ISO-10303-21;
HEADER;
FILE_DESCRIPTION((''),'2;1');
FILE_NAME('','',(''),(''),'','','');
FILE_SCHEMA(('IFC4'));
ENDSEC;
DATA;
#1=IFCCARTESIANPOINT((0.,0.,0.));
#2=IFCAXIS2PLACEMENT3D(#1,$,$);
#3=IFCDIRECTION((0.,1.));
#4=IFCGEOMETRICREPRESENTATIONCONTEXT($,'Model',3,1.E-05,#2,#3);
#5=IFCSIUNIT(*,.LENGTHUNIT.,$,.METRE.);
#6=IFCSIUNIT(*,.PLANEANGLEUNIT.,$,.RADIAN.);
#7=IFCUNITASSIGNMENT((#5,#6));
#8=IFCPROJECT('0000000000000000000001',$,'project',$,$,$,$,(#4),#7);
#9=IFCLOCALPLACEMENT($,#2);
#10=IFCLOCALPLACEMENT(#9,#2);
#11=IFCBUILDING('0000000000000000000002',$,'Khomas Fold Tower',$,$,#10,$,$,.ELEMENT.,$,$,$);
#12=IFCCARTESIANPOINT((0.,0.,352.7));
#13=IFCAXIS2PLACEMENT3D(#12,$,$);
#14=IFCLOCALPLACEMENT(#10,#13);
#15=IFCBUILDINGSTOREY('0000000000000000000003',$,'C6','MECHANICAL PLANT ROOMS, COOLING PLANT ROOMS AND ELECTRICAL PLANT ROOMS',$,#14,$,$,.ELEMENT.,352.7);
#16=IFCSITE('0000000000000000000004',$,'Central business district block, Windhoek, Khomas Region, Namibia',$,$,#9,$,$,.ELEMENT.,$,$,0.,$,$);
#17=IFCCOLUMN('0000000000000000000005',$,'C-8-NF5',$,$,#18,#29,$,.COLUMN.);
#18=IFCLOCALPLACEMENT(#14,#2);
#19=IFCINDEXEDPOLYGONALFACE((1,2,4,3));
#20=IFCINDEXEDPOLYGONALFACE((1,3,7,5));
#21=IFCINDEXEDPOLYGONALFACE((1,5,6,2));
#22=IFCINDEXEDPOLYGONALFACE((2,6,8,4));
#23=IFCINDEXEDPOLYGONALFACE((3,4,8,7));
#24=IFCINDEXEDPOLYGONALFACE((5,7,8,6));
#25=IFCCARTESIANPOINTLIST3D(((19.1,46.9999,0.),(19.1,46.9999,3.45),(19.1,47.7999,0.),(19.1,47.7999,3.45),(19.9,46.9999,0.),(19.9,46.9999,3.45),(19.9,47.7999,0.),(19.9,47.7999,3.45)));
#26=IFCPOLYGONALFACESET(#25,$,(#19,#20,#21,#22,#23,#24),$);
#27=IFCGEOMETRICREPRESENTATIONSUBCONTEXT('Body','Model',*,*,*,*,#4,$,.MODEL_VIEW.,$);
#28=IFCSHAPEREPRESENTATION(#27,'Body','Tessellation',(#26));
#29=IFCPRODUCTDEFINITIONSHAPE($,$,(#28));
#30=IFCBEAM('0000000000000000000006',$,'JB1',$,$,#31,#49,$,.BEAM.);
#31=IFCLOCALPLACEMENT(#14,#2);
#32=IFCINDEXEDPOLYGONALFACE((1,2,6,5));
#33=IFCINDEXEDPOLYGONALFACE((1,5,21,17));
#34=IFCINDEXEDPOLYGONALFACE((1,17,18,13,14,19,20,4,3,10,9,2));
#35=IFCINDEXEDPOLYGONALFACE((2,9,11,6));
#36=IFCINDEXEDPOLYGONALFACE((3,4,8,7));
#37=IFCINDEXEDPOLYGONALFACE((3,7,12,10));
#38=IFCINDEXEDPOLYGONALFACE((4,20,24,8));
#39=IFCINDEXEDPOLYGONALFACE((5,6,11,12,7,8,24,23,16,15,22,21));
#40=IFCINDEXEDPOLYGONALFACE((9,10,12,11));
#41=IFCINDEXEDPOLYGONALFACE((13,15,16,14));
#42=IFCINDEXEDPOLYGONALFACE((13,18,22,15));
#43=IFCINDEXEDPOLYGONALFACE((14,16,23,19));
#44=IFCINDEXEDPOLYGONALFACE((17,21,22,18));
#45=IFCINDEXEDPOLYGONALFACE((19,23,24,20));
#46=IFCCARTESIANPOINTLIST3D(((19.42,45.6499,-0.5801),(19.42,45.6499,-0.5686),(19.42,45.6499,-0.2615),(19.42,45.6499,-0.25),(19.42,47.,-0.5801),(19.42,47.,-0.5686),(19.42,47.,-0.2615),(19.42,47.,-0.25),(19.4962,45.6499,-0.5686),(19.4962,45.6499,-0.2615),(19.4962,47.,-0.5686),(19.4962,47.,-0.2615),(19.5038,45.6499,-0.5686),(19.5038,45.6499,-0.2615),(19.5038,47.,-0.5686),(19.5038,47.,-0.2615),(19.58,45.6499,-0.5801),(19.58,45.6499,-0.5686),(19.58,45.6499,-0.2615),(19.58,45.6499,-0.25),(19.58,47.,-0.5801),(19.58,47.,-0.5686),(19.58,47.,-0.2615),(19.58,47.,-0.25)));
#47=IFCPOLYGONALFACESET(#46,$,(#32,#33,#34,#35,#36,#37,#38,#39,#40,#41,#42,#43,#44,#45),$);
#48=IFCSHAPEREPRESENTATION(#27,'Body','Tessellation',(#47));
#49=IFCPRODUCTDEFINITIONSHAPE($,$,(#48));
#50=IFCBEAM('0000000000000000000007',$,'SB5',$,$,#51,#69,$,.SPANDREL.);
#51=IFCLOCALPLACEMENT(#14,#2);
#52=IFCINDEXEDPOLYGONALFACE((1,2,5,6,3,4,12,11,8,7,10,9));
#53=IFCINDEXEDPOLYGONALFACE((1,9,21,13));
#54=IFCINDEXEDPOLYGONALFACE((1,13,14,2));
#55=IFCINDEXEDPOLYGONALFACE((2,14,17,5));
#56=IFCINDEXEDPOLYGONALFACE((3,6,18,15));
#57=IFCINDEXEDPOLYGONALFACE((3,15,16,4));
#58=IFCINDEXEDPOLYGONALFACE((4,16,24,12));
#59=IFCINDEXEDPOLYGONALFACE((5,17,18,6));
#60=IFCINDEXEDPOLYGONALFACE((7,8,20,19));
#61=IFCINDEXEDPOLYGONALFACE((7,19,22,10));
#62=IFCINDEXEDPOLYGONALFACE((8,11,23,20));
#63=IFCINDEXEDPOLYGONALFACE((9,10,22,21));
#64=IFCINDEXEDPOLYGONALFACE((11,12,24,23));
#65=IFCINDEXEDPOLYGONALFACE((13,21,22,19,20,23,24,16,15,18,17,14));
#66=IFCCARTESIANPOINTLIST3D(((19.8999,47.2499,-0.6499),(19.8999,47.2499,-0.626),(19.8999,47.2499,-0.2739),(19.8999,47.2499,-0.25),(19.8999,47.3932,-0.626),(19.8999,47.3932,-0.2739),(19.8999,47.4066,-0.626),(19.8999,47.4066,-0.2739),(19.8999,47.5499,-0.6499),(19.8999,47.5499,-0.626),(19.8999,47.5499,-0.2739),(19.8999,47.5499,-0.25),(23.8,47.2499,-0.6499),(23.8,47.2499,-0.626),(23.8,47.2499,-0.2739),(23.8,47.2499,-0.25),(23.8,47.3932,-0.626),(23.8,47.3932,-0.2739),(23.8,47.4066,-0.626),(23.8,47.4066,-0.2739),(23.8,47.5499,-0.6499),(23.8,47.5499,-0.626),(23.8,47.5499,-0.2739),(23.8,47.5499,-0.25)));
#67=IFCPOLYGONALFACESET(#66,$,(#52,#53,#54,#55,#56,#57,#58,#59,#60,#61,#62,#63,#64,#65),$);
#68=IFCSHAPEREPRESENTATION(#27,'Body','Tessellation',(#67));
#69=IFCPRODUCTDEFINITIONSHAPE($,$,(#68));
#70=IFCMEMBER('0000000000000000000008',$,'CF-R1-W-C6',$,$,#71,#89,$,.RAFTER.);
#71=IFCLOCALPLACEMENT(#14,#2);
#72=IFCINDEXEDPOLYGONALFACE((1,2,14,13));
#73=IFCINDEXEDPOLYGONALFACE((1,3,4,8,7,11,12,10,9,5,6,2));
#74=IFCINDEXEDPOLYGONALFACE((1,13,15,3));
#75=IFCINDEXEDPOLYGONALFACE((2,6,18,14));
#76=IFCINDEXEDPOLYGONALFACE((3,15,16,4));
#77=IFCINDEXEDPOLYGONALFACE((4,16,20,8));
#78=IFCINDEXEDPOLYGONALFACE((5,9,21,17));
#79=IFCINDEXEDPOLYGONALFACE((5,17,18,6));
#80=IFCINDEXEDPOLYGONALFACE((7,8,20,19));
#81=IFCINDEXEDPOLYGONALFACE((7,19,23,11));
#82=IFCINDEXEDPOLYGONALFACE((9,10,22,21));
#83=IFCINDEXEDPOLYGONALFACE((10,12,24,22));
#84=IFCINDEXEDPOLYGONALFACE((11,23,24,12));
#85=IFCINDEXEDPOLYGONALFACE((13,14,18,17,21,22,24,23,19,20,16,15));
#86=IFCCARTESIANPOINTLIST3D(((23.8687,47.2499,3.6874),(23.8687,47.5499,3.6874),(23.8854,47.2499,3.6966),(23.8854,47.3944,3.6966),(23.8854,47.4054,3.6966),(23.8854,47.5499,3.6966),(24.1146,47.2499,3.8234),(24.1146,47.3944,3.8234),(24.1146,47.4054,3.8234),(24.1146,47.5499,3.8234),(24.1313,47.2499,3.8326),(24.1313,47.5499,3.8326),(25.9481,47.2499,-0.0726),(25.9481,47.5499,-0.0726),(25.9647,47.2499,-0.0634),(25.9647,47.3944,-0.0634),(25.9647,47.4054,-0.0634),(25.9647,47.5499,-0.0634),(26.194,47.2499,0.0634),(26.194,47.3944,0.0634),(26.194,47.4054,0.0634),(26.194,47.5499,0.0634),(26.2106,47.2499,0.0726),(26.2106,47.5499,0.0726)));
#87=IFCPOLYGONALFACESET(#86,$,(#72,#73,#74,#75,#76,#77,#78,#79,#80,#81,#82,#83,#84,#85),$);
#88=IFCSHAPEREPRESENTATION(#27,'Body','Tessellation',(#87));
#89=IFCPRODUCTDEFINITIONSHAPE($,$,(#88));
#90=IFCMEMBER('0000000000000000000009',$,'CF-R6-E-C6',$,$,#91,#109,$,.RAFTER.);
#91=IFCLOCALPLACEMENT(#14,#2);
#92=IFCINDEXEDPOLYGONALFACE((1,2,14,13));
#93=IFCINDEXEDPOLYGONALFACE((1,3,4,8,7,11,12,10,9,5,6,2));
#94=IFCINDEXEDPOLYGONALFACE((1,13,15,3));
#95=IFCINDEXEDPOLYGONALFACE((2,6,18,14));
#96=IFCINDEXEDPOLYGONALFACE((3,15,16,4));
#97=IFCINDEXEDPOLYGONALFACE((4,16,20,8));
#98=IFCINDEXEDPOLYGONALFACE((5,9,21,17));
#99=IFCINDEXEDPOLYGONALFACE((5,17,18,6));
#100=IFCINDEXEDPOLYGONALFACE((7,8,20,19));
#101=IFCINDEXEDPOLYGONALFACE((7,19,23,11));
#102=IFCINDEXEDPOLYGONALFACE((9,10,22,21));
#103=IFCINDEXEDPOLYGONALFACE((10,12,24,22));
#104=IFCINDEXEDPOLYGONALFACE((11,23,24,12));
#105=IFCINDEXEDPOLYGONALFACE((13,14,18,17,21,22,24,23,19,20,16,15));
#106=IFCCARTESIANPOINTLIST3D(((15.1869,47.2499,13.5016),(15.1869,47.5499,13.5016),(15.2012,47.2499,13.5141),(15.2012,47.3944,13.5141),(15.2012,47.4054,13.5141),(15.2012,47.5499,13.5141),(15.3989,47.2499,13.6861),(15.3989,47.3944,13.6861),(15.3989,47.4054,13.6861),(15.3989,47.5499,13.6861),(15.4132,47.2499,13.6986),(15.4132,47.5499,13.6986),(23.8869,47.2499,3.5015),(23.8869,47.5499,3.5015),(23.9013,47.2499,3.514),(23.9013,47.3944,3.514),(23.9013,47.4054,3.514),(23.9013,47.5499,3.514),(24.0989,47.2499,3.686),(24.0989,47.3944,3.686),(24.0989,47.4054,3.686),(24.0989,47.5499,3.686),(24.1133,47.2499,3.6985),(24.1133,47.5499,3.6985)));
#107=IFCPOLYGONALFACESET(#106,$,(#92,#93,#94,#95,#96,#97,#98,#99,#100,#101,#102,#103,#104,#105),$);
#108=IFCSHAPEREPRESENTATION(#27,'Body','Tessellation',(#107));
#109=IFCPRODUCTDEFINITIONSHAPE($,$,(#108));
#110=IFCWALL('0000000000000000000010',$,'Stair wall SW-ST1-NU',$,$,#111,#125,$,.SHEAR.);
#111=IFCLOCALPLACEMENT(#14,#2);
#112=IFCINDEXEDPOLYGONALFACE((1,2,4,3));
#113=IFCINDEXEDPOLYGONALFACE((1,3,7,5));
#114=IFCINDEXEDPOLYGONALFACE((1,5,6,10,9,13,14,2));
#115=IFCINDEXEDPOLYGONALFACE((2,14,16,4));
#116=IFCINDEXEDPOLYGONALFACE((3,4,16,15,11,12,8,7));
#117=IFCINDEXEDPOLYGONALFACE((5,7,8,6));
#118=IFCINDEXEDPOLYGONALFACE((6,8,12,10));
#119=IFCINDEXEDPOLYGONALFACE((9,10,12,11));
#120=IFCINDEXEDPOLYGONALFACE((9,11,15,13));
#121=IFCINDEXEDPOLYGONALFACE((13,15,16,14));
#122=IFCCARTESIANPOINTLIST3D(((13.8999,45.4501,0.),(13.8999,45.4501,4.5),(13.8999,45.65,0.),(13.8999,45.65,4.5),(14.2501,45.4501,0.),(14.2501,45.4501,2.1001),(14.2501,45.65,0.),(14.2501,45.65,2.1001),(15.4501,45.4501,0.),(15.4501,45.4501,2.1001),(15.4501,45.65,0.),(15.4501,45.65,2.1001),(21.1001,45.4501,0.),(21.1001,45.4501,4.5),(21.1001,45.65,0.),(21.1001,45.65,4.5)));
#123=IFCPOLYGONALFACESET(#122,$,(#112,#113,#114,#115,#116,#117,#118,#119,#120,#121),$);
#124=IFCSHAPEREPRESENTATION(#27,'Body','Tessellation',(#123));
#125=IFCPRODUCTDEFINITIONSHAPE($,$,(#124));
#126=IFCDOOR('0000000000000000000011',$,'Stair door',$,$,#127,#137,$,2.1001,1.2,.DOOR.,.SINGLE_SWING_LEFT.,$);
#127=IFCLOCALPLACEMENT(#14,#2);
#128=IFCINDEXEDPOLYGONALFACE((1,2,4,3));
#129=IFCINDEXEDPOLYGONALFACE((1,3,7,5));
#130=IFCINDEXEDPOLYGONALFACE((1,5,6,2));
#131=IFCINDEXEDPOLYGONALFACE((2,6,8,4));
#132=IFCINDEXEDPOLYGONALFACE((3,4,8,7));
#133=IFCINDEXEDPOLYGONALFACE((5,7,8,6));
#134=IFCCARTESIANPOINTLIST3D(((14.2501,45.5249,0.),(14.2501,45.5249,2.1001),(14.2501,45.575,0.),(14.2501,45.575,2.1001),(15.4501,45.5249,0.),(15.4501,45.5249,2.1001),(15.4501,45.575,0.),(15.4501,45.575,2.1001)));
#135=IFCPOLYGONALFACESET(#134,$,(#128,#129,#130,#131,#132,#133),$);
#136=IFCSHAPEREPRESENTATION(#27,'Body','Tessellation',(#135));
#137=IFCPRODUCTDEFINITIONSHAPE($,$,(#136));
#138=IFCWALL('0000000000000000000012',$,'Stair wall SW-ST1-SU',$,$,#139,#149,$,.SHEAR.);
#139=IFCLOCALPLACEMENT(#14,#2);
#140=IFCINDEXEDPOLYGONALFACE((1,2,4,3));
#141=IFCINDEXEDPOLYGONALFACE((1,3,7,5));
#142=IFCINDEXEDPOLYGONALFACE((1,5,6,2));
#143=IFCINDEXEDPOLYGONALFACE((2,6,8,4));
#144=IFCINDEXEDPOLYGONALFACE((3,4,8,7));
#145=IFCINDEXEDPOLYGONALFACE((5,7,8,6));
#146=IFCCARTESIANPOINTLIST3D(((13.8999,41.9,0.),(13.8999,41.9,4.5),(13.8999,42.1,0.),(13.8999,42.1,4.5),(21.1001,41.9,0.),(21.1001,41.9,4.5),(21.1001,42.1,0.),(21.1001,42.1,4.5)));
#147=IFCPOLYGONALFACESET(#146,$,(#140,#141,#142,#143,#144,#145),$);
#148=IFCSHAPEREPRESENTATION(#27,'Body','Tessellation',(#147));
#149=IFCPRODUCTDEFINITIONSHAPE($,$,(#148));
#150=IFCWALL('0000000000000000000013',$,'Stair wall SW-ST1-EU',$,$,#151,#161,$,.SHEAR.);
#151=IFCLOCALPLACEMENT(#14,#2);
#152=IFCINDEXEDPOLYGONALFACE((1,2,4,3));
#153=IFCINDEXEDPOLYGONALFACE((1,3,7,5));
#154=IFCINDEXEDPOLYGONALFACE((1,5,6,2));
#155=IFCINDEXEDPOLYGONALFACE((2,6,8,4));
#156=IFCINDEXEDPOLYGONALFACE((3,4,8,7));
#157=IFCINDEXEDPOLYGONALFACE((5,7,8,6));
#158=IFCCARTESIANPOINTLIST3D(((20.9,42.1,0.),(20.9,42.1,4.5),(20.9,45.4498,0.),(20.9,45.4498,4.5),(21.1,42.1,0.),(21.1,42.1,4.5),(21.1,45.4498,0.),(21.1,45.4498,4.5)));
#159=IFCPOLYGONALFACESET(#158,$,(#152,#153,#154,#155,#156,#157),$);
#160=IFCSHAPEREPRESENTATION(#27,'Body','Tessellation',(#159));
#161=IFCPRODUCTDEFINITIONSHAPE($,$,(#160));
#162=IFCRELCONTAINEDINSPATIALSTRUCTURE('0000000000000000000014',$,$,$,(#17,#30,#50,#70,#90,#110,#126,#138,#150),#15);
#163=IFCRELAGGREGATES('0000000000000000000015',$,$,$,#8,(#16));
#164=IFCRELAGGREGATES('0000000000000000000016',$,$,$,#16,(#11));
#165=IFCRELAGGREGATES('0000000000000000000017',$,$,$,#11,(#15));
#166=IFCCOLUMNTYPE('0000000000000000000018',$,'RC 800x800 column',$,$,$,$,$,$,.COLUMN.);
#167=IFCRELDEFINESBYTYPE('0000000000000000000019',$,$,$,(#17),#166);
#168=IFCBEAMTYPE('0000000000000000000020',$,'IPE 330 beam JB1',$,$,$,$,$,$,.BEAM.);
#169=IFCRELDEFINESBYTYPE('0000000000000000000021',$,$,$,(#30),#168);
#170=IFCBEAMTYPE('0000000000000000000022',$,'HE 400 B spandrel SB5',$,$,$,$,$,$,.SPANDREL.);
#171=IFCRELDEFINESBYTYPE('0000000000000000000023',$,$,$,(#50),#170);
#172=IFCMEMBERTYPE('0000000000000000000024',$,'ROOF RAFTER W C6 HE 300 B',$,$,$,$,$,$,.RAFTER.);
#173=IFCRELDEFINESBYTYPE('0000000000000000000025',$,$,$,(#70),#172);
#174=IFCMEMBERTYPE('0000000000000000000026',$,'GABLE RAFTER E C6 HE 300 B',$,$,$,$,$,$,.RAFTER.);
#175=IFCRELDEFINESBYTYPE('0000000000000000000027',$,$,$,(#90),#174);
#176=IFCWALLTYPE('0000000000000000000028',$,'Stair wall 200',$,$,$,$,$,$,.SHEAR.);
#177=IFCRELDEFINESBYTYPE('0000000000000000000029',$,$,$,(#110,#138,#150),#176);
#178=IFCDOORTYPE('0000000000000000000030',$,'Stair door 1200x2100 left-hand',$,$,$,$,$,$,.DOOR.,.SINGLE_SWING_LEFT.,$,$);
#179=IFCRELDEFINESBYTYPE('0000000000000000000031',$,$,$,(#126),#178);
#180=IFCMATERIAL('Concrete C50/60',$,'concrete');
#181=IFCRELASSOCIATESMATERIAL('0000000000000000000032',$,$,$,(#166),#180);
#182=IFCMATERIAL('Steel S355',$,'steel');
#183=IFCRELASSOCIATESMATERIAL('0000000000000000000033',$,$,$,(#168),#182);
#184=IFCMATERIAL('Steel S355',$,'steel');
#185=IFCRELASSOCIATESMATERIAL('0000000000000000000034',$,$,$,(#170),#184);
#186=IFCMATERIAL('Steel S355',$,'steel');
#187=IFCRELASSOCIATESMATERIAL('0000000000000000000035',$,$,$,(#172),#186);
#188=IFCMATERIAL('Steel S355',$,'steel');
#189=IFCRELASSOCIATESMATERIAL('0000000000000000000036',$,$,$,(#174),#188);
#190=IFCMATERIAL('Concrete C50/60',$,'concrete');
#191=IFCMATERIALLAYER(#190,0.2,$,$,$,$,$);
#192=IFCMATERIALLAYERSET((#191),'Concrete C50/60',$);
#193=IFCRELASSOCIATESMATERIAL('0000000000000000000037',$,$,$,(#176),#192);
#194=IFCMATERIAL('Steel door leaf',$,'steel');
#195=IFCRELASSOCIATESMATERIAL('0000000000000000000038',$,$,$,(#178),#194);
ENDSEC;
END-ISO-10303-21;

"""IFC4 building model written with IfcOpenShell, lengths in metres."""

from ifc_helpers import new_model, si_unit, direction, frame, frame_2d, origin, origin_2d, place, context, subcontext, project, spatial, rectangle, i_section, extrude, source, transform, mapped, material, layer, layer_set, material_profile, profile_set, type_object, element, fill, save


model = new_model("IFC4")

# Units and contexts
model_context = context("Model", 3, precision=1e-05, world=origin(), true_north=direction((0.0, 1.0)))
body_context = subcontext(model_context, "Body", "Model", "MODEL_VIEW")
ifc_project = project(units=[si_unit("LENGTHUNIT", "METRE"), si_unit("PLANEANGLEUNIT", "RADIAN")], contexts=[model_context])

# Site, building, storey
site_placement = place(None, origin())
site = spatial("IfcSite", under=ifc_project, at=site_placement, Name="Central business district block, Windhoek, Khomas Region, Namibia", CompositionType="ELEMENT", RefElevation=0.0)
building_placement = place(site_placement, origin())
building = spatial("IfcBuilding", under=site, at=building_placement, Name="Khomas Fold Tower", CompositionType="ELEMENT")
storey_placement = place(building_placement, frame((0.0, 0.0, 352.7)))
storey = spatial("IfcBuildingStorey", under=building, at=storey_placement, Name="C6", Description="MECHANICAL PLANT ROOMS, COOLING PLANT ROOMS AND ELECTRICAL PLANT ROOMS", CompositionType="ELEMENT", Elevation=352.7)

# Column
ifc_material_1 = material(Name="Concrete C50/60", Category="concrete")
ifc_material_profile_1 = material_profile(ifc_material_1, rectangle(XDim=0.8, YDim=0.8, at=origin_2d()), Name="RC 800x800")
ifc_profile_set_1 = profile_set([ifc_material_profile_1], Name="Concrete C50/60")
column_type = type_object("IfcColumnType", Name="RC 800x800 column", PredefinedType="COLUMN", material=ifc_profile_set_1)
shared_shape_1 = source(origin(), body_context, "Body", "SweptSolid", [
    extrude(rectangle(XDim=0.8, YDim=0.8, at=origin_2d()), origin(), (0.0, 0.0, 1.0), 3.45),
])
column_placement = place(storey_placement, frame((19.5, 47.3999, 0.0), z_axis=(0.0, 0.0, 1.0), x_axis=(1.0, 0.0, 0.0)))
element("IfcColumn", 1, at=column_placement, inside=storey, type_object=column_type, Name="C-8-NF5", PredefinedType="COLUMN", context=body_context, shape_type="MappedRepresentation", body=[
    mapped(shared_shape_1, transform((0.0, 0.0, 0.0))),
])

# Beams
ifc_material_2 = material(Name="Steel S355", Category="steel")
ifc_material_profile_2 = material_profile(ifc_material_2, i_section(OverallWidth=0.1599, OverallDepth=0.3301, WebThickness=0.0076, FlangeThickness=0.0115, at=origin_2d()), Name="IPE 330")
ifc_profile_set_2 = profile_set([ifc_material_profile_2], Name="Steel S355")
beam_type_1 = type_object("IfcBeamType", Name="IPE 330 beam JB1", PredefinedType="BEAM", material=ifc_profile_set_2)
shared_shape_2 = source(origin(), body_context, "Body", "SweptSolid", [
    extrude(i_section(OverallWidth=0.1599, OverallDepth=0.3301, WebThickness=0.0076, FlangeThickness=0.0115, at=origin_2d()), origin(), (0.0, 0.0, 1.0), 1.3501),
])
beam_1_placement = place(storey_placement, frame((19.5, 45.6499, -0.415), z_axis=(0.0, 1.0, 0.0), x_axis=(-1.0, 0.0, 0.0)))
element("IfcBeam", 2, at=beam_1_placement, inside=storey, type_object=beam_type_1, Name="JB1", PredefinedType="BEAM", context=body_context, shape_type="MappedRepresentation", body=[
    mapped(shared_shape_2, transform((0.0, 0.0, 0.0))),
])
ifc_material_3 = material(Name="Steel S355", Category="steel")
ifc_material_profile_3 = material_profile(ifc_material_3, i_section(OverallWidth=0.3, OverallDepth=0.3999, WebThickness=0.0134, FlangeThickness=0.0239, at=origin_2d()), Name="HE 400 B")
ifc_profile_set_3 = profile_set([ifc_material_profile_3], Name="Steel S355")
beam_type_2 = type_object("IfcBeamType", Name="HE 400 B spandrel SB5", PredefinedType="SPANDREL", material=ifc_profile_set_3)
shared_shape_3 = source(origin(), body_context, "Body", "SweptSolid", [
    extrude(i_section(OverallWidth=0.3, OverallDepth=0.3999, WebThickness=0.0134, FlangeThickness=0.0239, at=origin_2d()), origin(), (0.0, 0.0, 1.0), 3.9001),
])
beam_2_placement = place(storey_placement, frame((19.8999, 47.3999, -0.45), z_axis=(1.0, 0.0, 0.0), x_axis=(0.0, 1.0, 0.0)))
element("IfcBeam", 3, at=beam_2_placement, inside=storey, type_object=beam_type_2, Name="SB5", PredefinedType="SPANDREL", context=body_context, shape_type="MappedRepresentation", body=[
    mapped(shared_shape_3, transform((0.0, 0.0, 0.0))),
])

# Members
ifc_material_4 = material(Name="Steel S355", Category="steel")
ifc_material_profile_4 = material_profile(ifc_material_4, i_section(OverallWidth=0.3, OverallDepth=0.3, WebThickness=0.011, FlangeThickness=0.019, at=origin_2d()), Name="HE 300 B")
ifc_profile_set_4 = profile_set([ifc_material_profile_4], Name="Steel S355")
member_type_1 = type_object("IfcMemberType", Name="ROOF RAFTER W C6 HE 300 B", PredefinedType="RAFTER", material=ifc_profile_set_4)
shared_shape_4 = source(origin(), body_context, "Body", "SweptSolid", [
    extrude(i_section(OverallWidth=0.3, OverallDepth=0.3, WebThickness=0.011, FlangeThickness=0.019, at=origin_2d()), origin(), (0.0, 0.0, 1.0), 4.2966),
])
member_1_placement = place(storey_placement, frame((26.0793, 47.3999, 0.0), z_axis=(-0.483944, 0.0, 0.875099), x_axis=(0.0, -1.0, 0.0)))
element("IfcMember", 4, at=member_1_placement, inside=storey, type_object=member_type_1, Name="CF-R1-W-C6", PredefinedType="RAFTER", context=body_context, shape_type="MappedRepresentation", body=[
    mapped(shared_shape_4, transform((0.0, 0.0, 0.0))),
])
ifc_material_5 = material(Name="Steel S355", Category="steel")
ifc_material_profile_5 = material_profile(ifc_material_5, i_section(OverallWidth=0.3, OverallDepth=0.3, WebThickness=0.011, FlangeThickness=0.019, at=origin_2d()), Name="HE 300 B")
ifc_profile_set_5 = profile_set([ifc_material_profile_5], Name="Steel S355")
member_type_2 = type_object("IfcMemberType", Name="GABLE RAFTER E C6 HE 300 B", PredefinedType="RAFTER", material=ifc_profile_set_5)
shared_shape_5 = source(origin(), body_context, "Body", "SweptSolid", [
    extrude(i_section(OverallWidth=0.3, OverallDepth=0.3, WebThickness=0.011, FlangeThickness=0.019, at=origin_2d()), origin(), (0.0, 0.0, 1.0), 13.2549),
])
member_2_placement = place(storey_placement, frame((15.3, 47.3999, 13.6001), z_axis=(0.656363, 0.0, -0.754445), x_axis=(0.0, 1.0, 0.0)))
element("IfcMember", 5, at=member_2_placement, inside=storey, type_object=member_type_2, Name="CF-R6-E-C6", PredefinedType="RAFTER", context=body_context, shape_type="MappedRepresentation", body=[
    mapped(shared_shape_5, transform((0.0, 0.0, 0.0))),
])

# Wall, opening, door
ifc_material_6 = material(Name="Concrete C50/60", Category="concrete")
ifc_layer_1 = layer(ifc_material_6, 0.2)
ifc_layer_set_1 = layer_set([ifc_layer_1], Name="Concrete C50/60")
wall_type_1 = type_object("IfcWallType", Name="Stair wall 200", PredefinedType="SHEAR", material=ifc_layer_set_1)
shared_shape_6 = source(origin(), body_context, "Body", "SweptSolid", [
    extrude(rectangle(XDim=7.2002, YDim=0.2, at=frame_2d((3.6001, 0.0))), origin(), (0.0, 0.0, 1.0), 4.5),
])
wall_1_placement = place(storey_placement, frame((13.8999, 45.55, 0.0), z_axis=(0.0, 0.0, 1.0), x_axis=(1.0, 0.0, 0.0)))
wall_1 = element("IfcWall", 6, at=wall_1_placement, inside=storey, type_object=wall_type_1, Name="Stair wall SW-ST1-NU", PredefinedType="SHEAR", context=body_context, shape_type="MappedRepresentation", body=[
    mapped(shared_shape_6, transform((0.0, 0.0, 0.0))),
])
shared_shape_7 = source(origin(), body_context, "Body", "SweptSolid", [
    extrude(rectangle(XDim=1.2, YDim=2.1001, at=frame_2d((0.6001, 1.05))), frame((0.0, 0.1099, 0.0), z_axis=(0.0, -1.0, 0.0), x_axis=(1.0, 0.0, 0.0)), (0.0, 0.0, 1.0), 0.22),
])
opening_1_placement = place(wall_1_placement, frame((0.3501, 0.0, 0.0)))
opening_1 = element("IfcOpeningElement", 7, at=opening_1_placement, cuts=wall_1, PredefinedType="OPENING", context=body_context, shape_type="MappedRepresentation", body=[
    mapped(shared_shape_7, transform((0.0, 0.0, 0.0))),
])
ifc_material_7 = material(Name="Steel door leaf", Category="steel")
door_type = type_object("IfcDoorType", Name="Stair door 1200x2100 left-hand", OperationType="SINGLE_SWING_LEFT", PredefinedType="DOOR", material=ifc_material_7)
shared_shape_8 = source(origin(), body_context, "Body", "SweptSolid", [
    extrude(rectangle(XDim=1.2, YDim=2.1001, at=frame_2d((0.6001, 1.05))), frame((0.0, 0.0249, 0.0), z_axis=(0.0, -1.0, 0.0), x_axis=(1.0, 0.0, 0.0)), (0.0, 0.0, 1.0), 0.05),
])
door_placement = place(opening_1_placement, origin())
door = element("IfcDoor", 8, at=door_placement, inside=storey, type_object=door_type, Name="Stair door", OperationType="SINGLE_SWING_LEFT", OverallHeight=2.1001, OverallWidth=1.2, PredefinedType="DOOR", context=body_context, shape_type="MappedRepresentation", body=[
    mapped(shared_shape_8, transform((0.0, 0.0, 0.0))),
])
fill(opening_1, door)

# Walls
wall_2_placement = place(storey_placement, frame((13.8999, 42.0, 0.0), z_axis=(0.0, 0.0, 1.0), x_axis=(1.0, 0.0, 0.0)))
element("IfcWall", 9, at=wall_2_placement, inside=storey, type_object=wall_type_1, Name="Stair wall SW-ST1-SU", PredefinedType="SHEAR", context=body_context, shape_type="MappedRepresentation", body=[
    mapped(shared_shape_6, transform((0.0, 0.0, 0.0))),
])
shared_shape_9 = source(origin(), body_context, "Body", "SweptSolid", [
    extrude(rectangle(XDim=3.3499, YDim=0.2, at=frame_2d((1.6748, 0.0))), origin(), (0.0, 0.0, 1.0), 4.5),
])
for number, where, z_axis, x_axis, name in (
    (10, (21.0, 42.1001, 0.0), (0.0, 0.0, 1.0), (0.0, 1.0, 0.0), "Stair wall SW-ST1-EU"),
):
    element("IfcWall", number, at=place(storey_placement, frame(where, z_axis=z_axis, x_axis=x_axis)), inside=storey, type_object=wall_type_1, Name=name, PredefinedType="SHEAR", context=body_context, shape_type="MappedRepresentation", body=[
        mapped(shared_shape_9, transform((0.0, 0.0, 0.0))),
    ])

save(model, "model.ifc")
